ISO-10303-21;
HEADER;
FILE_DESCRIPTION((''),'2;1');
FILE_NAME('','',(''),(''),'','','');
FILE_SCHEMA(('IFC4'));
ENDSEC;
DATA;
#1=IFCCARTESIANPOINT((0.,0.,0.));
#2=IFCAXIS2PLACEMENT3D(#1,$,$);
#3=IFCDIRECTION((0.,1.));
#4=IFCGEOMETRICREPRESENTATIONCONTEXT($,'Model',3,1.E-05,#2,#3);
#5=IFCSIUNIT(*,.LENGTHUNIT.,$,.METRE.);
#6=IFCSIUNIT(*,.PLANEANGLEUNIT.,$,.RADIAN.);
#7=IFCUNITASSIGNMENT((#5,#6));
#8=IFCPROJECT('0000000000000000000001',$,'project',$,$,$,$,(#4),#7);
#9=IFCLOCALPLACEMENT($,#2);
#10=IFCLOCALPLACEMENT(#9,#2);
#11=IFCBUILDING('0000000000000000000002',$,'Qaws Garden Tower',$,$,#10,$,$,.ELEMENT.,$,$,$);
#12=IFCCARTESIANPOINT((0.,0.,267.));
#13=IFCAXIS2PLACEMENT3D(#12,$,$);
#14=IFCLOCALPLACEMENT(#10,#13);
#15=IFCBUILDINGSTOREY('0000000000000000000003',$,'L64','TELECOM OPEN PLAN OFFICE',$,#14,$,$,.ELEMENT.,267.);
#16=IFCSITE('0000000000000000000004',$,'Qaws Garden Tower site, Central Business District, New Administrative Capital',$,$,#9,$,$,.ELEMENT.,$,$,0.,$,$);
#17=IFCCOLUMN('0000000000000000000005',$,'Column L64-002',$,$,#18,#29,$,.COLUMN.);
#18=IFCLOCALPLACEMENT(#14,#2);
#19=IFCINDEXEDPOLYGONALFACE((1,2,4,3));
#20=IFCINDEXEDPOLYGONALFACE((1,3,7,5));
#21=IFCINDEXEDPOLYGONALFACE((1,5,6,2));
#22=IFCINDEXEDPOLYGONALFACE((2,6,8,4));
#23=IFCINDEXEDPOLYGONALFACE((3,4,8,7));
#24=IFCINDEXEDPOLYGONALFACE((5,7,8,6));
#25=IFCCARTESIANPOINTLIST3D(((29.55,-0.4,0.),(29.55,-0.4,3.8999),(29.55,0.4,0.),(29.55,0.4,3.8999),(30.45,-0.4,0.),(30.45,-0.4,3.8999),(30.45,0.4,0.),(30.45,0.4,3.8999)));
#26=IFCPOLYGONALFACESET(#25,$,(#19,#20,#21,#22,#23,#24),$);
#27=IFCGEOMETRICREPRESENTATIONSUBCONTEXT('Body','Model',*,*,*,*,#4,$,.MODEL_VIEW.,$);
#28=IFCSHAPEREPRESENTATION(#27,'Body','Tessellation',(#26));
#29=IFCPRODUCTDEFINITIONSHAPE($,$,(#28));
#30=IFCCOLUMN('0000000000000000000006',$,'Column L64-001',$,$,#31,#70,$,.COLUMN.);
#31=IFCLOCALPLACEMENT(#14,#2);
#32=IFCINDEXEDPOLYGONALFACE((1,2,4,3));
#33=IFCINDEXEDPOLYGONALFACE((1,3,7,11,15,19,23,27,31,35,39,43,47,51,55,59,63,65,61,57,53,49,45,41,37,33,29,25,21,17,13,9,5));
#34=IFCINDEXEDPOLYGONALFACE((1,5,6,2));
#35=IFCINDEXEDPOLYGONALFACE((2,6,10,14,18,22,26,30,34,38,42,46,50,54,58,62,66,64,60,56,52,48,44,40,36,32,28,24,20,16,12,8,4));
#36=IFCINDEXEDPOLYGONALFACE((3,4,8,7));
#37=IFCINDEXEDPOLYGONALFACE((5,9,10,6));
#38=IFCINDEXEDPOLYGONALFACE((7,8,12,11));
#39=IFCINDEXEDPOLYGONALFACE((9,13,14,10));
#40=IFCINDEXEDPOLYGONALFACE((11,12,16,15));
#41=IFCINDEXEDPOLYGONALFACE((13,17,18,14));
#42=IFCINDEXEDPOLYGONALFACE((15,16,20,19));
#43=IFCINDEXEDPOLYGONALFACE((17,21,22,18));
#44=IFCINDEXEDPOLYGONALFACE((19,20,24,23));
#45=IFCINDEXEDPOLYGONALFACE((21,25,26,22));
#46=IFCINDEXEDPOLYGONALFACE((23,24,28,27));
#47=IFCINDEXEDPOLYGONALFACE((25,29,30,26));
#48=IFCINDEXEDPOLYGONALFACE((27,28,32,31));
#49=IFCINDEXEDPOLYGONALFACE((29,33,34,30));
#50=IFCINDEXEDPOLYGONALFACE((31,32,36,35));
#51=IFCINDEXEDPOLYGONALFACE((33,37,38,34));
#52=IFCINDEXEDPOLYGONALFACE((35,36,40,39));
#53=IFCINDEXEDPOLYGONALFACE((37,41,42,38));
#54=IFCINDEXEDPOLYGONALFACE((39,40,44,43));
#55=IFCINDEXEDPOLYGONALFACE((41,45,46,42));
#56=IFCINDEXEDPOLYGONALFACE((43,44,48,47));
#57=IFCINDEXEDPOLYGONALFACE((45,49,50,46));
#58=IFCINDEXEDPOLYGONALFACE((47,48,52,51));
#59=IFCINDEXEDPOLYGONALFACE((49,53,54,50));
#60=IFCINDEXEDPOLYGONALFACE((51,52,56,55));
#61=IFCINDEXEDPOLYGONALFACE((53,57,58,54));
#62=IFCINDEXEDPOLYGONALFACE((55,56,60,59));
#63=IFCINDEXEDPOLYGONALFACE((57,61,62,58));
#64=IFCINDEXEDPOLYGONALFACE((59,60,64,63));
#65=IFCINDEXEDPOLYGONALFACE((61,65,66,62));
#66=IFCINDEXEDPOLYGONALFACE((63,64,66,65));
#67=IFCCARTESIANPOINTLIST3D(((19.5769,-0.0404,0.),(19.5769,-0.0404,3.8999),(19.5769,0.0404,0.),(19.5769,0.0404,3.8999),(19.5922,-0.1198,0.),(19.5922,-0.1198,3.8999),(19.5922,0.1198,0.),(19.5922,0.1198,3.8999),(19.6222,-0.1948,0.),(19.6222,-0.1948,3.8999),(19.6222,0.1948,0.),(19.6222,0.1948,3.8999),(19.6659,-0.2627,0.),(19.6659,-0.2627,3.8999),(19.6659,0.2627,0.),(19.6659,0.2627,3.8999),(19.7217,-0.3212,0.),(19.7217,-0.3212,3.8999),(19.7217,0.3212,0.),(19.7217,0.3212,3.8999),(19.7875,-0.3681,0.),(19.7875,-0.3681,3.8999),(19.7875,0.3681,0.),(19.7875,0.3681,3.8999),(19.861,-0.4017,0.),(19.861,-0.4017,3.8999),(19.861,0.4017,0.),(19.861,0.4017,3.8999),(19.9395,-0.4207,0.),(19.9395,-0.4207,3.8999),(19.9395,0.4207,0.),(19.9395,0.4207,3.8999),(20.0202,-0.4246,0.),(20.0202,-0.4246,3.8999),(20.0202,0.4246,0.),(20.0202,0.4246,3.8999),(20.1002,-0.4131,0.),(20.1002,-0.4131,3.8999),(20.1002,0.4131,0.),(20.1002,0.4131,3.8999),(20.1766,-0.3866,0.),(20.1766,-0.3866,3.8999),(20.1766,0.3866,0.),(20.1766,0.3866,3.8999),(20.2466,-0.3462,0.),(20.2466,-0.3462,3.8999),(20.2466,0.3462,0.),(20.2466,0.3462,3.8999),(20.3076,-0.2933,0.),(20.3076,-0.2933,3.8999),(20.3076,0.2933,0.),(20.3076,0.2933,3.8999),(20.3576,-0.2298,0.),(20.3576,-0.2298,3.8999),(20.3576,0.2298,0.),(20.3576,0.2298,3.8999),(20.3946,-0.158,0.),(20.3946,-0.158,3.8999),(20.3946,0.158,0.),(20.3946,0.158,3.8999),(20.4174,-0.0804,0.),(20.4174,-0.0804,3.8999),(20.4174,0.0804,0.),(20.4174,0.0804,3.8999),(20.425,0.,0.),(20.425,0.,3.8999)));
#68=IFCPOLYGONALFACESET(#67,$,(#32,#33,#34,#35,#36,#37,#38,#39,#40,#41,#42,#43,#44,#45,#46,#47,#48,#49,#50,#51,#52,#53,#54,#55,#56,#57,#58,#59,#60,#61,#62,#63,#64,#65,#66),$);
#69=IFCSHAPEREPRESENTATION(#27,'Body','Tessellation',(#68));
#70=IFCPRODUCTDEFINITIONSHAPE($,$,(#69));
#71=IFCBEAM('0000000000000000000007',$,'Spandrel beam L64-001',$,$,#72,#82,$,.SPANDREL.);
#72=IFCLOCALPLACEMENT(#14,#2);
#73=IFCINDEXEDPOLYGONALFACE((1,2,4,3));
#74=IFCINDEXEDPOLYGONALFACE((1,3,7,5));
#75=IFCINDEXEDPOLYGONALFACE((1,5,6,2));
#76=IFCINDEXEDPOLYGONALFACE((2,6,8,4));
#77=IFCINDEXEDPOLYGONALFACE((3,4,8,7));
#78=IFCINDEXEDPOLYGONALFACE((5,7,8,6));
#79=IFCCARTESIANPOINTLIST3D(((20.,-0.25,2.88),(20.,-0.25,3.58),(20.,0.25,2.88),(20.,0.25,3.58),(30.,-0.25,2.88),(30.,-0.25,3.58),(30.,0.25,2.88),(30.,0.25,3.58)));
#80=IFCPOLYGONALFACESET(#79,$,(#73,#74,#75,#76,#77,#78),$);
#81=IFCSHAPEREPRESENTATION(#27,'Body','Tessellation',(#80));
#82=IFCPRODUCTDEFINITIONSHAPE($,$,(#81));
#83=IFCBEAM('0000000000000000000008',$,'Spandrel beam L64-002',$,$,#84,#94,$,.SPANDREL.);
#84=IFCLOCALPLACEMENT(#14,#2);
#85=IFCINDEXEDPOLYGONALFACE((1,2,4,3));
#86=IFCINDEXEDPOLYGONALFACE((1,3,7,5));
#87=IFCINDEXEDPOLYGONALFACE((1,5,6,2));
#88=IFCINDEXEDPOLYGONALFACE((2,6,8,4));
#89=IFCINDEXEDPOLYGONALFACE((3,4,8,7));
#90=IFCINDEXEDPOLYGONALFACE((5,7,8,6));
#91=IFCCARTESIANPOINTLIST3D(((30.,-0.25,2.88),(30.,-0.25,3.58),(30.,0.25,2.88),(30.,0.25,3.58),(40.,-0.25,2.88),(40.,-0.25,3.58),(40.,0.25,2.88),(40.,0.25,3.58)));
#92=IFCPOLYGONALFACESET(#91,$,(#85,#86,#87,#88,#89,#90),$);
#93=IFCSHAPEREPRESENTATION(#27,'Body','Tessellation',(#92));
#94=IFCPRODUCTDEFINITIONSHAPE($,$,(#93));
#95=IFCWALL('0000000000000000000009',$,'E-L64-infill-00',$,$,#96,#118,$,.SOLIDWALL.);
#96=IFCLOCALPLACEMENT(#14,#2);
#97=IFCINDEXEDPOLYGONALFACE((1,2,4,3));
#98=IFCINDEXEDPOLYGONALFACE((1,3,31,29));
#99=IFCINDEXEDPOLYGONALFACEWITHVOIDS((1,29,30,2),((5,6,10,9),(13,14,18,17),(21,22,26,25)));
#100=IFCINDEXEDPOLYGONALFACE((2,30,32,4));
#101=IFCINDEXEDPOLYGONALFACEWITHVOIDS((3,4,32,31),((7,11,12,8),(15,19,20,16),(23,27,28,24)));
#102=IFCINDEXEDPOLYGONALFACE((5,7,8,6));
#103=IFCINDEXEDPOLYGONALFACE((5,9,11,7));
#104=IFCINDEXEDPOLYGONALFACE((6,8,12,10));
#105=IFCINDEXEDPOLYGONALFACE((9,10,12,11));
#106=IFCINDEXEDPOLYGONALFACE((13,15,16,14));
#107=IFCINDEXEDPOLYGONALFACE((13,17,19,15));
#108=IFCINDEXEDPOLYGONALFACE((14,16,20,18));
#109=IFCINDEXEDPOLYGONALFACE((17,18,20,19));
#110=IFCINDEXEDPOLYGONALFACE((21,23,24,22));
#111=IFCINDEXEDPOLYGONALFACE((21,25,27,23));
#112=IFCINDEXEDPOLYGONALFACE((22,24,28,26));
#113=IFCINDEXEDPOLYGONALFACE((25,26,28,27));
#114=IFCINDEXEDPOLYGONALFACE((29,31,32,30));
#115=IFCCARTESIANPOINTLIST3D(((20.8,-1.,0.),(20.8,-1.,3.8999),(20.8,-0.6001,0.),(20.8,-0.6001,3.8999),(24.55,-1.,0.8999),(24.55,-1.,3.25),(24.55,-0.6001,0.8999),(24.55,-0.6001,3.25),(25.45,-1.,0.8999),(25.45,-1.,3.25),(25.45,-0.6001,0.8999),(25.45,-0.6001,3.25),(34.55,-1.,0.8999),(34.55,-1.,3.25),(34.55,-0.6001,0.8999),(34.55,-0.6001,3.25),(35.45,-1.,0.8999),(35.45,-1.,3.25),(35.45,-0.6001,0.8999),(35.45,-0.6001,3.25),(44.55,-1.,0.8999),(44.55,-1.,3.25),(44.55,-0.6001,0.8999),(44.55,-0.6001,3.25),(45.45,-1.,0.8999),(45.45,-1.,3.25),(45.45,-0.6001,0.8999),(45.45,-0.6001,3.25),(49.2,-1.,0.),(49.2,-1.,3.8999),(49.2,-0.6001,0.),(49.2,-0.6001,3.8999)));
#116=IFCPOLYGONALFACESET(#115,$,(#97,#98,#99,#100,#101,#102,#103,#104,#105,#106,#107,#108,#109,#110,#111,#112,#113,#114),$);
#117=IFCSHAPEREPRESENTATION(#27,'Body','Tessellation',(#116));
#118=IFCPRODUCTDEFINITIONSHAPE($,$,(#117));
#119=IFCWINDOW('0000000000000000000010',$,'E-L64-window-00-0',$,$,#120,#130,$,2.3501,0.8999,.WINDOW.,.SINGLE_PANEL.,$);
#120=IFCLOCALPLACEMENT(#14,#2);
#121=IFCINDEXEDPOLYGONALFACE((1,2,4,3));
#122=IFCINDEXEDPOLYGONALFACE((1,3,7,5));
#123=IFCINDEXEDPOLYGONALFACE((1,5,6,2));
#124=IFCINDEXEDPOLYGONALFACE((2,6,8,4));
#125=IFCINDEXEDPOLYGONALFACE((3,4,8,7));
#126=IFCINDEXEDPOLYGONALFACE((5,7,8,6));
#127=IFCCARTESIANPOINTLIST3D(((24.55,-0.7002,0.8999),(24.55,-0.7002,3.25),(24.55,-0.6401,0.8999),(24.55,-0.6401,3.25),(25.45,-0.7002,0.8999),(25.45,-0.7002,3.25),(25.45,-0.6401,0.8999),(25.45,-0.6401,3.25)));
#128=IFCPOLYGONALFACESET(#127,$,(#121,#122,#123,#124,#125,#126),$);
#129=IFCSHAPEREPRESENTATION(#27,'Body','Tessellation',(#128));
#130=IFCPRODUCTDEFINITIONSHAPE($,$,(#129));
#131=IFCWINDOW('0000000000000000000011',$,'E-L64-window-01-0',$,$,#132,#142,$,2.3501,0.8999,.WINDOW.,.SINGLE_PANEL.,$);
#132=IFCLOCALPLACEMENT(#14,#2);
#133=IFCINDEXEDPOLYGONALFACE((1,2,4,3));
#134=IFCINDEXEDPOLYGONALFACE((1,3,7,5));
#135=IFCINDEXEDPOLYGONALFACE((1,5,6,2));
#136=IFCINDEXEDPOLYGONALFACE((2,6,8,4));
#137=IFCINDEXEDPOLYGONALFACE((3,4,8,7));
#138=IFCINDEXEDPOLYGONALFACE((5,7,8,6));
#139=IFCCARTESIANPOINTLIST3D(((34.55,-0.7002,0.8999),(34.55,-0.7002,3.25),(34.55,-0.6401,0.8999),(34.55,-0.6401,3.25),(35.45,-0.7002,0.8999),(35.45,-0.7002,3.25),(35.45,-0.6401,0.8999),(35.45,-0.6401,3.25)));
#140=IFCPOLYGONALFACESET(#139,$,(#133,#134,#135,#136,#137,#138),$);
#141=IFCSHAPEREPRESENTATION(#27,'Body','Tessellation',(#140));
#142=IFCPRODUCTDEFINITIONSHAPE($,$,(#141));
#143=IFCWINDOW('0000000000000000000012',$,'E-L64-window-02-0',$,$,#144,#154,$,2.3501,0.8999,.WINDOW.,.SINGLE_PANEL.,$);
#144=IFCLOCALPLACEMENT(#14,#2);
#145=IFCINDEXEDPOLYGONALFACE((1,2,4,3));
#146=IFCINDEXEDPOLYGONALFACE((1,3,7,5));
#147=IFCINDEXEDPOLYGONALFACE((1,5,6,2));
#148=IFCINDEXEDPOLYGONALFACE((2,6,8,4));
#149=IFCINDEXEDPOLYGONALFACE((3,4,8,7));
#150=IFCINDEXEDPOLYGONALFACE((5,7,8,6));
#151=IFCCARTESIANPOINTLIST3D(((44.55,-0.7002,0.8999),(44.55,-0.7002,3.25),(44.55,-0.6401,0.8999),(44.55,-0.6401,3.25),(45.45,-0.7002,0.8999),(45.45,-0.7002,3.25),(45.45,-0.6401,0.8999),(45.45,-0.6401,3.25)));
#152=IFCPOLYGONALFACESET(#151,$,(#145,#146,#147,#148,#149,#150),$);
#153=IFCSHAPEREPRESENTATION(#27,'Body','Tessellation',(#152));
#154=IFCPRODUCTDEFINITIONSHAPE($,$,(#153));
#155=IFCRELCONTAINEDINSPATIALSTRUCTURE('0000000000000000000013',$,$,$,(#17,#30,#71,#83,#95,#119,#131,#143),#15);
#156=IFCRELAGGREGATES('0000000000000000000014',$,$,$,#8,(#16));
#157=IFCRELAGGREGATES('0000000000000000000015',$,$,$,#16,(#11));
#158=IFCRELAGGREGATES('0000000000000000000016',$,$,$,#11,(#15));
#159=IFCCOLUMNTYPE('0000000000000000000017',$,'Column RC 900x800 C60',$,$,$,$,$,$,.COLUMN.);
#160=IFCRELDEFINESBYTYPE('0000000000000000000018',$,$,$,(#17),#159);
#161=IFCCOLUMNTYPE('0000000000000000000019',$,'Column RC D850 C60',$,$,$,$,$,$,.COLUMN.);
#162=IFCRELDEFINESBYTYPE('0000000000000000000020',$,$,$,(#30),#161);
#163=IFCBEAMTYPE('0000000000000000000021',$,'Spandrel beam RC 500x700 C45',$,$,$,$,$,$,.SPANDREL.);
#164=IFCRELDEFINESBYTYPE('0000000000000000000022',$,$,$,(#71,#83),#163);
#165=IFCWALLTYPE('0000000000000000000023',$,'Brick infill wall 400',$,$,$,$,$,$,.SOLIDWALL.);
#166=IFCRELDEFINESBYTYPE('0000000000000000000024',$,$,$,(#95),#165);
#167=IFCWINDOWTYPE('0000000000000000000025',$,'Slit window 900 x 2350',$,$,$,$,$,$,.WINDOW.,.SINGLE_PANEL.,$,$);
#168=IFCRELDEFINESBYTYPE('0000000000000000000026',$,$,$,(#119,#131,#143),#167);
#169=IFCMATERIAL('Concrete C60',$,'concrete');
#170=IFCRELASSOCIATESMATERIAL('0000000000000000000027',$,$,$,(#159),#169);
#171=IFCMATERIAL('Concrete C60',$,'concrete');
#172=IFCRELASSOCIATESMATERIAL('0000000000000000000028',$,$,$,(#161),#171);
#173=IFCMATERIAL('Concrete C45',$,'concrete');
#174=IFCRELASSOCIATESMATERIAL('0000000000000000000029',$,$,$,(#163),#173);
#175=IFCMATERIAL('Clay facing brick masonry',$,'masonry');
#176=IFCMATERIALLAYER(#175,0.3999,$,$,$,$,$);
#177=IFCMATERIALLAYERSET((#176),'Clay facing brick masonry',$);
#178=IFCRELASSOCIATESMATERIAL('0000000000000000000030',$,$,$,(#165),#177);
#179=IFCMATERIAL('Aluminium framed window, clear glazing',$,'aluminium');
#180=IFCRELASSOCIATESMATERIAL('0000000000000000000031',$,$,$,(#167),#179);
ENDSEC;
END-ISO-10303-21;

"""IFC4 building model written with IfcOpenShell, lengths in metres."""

from ifc_helpers import new_model, si_unit, direction, frame, frame_2d, origin, origin_2d, place, context, subcontext, project, spatial, rectangle, circle, extrude, material, layer, layer_set, material_profile, profile_set, type_object, element, fill, save


model = new_model("IFC4")

# Units and contexts
model_context = context("Model", 3, precision=1e-05, world=origin(), true_north=direction((0.0, 1.0)))
body_context = subcontext(model_context, "Body", "Model", "MODEL_VIEW")
ifc_project = project(units=[si_unit("LENGTHUNIT", "METRE"), si_unit("PLANEANGLEUNIT", "RADIAN")], contexts=[model_context])

# Site, building, storey
site_placement = place(None, origin())
site = spatial("IfcSite", under=ifc_project, at=site_placement, Name="Qaws Garden Tower site, Central Business District, New Administrative Capital", CompositionType="ELEMENT", RefElevation=0.0)
building_placement = place(site_placement, origin())
building = spatial("IfcBuilding", under=site, at=building_placement, Name="Qaws Garden Tower", CompositionType="ELEMENT")
storey_placement = place(building_placement, frame((0.0, 0.0, 267.0)))
storey = spatial("IfcBuildingStorey", under=building, at=storey_placement, Name="L64", Description="TELECOM OPEN PLAN OFFICE", CompositionType="ELEMENT", Elevation=267.0)

# Columns
ifc_material_1 = material(Name="Concrete C60", Category="concrete")
ifc_material_profile_1 = material_profile(ifc_material_1, rectangle(XDim=0.8999, YDim=0.8, at=origin_2d()), Name="RC 900x800")
ifc_profile_set_1 = profile_set([ifc_material_profile_1], Name="Concrete C60")
column_type_1 = type_object("IfcColumnType", Name="Column RC 900x800 C60", PredefinedType="COLUMN", material=ifc_profile_set_1)
column_1_placement = place(storey_placement, frame((30.0, 0.0, 0.0), z_axis=(0.0, 0.0, 1.0), x_axis=(1.0, 0.0, 0.0)))
element("IfcColumn", 1, at=column_1_placement, inside=storey, type_object=column_type_1, Name="Column L64-002", PredefinedType="COLUMN", context=body_context, shape_type="SweptSolid", body=[
    extrude(rectangle(XDim=0.8999, YDim=0.8, at=origin_2d()), origin(), (0.0, 0.0, 1.0), 3.8999),
])
ifc_material_2 = material(Name="Concrete C60", Category="concrete")
ifc_material_profile_2 = material_profile(ifc_material_2, circle(Radius=0.425, at=origin_2d()), Name="RC D850")
ifc_profile_set_2 = profile_set([ifc_material_profile_2], Name="Concrete C60")
column_type_2 = type_object("IfcColumnType", Name="Column RC D850 C60", PredefinedType="COLUMN", material=ifc_profile_set_2)
column_2_placement = place(storey_placement, frame((20.0, 0.0, 0.0), z_axis=(0.0, 0.0, 1.0), x_axis=(1.0, 0.0, 0.0)))
element("IfcColumn", 2, at=column_2_placement, inside=storey, type_object=column_type_2, Name="Column L64-001", PredefinedType="COLUMN", context=body_context, shape_type="SweptSolid", body=[
    extrude(circle(Radius=0.425, at=origin_2d()), origin(), (0.0, 0.0, 1.0), 3.8999),
])

# Beams
ifc_material_3 = material(Name="Concrete C45", Category="concrete")
ifc_material_profile_3 = material_profile(ifc_material_3, rectangle(XDim=0.5, YDim=0.7, at=origin_2d()), Name="RC 500x700")
ifc_profile_set_3 = profile_set([ifc_material_profile_3], Name="Concrete C45")
beam_type = type_object("IfcBeamType", Name="Spandrel beam RC 500x700 C45", PredefinedType="SPANDREL", material=ifc_profile_set_3)
for number, where, z_axis, x_axis, name in (
    (3, (20.0, 0.0, 3.23), (1.0, 0.0, 0.0), (0.0, 1.0, 0.0), "Spandrel beam L64-001"),
    (4, (30.0, 0.0, 3.23), (1.0, 0.0, 0.0), (0.0, 1.0, 0.0), "Spandrel beam L64-002"),
):
    element("IfcBeam", number, at=place(storey_placement, frame(where, z_axis=z_axis, x_axis=x_axis)), inside=storey, type_object=beam_type, Name=name, PredefinedType="SPANDREL", context=body_context, shape_type="SweptSolid", body=[
        extrude(rectangle(XDim=0.5, YDim=0.7, at=origin_2d()), origin(), (0.0, 0.0, 1.0), 10.0),
    ])

# Wall, openings, windows
ifc_material_4 = material(Name="Clay facing brick masonry", Category="masonry")
ifc_layer_1 = layer(ifc_material_4, 0.3999)
ifc_layer_set_1 = layer_set([ifc_layer_1], Name="Clay facing brick masonry")
wall_type_1 = type_object("IfcWallType", Name="Brick infill wall 400", PredefinedType="SOLIDWALL", material=ifc_layer_set_1)
wall_1_placement = place(storey_placement, frame((20.8, -0.8, 0.0), z_axis=(0.0, 0.0, 1.0), x_axis=(1.0, 0.0, 0.0)))
wall_1 = element("IfcWall", 5, at=wall_1_placement, inside=storey, type_object=wall_type_1, Name="E-L64-infill-00", PredefinedType="SOLIDWALL", context=body_context, shape_type="SweptSolid", body=[
    extrude(rectangle(XDim=28.3999, YDim=0.3999, at=frame_2d((14.2, 0.0))), origin(), (0.0, 0.0, 1.0), 3.8999),
])
opening_1_placement = place(wall_1_placement, frame((3.75, 0.0, 0.8999)))
opening_1 = element("IfcOpeningElement", 6, at=opening_1_placement, cuts=wall_1, PredefinedType="OPENING", context=body_context, shape_type="SweptSolid", body=[
    extrude(rectangle(XDim=0.8999, YDim=2.3501, at=frame_2d((0.45, 1.175))), frame((0.0, 0.21, 0.0), z_axis=(0.0, -1.0, 0.0), x_axis=(1.0, 0.0, 0.0)), (0.0, 0.0, 1.0), 0.4199),
])
opening_2_placement = place(wall_1_placement, frame((13.75, 0.0, 0.8999)))
opening_2 = element("IfcOpeningElement", 7, at=opening_2_placement, cuts=wall_1, PredefinedType="OPENING", context=body_context, shape_type="SweptSolid", body=[
    extrude(rectangle(XDim=0.8999, YDim=2.3501, at=frame_2d((0.45, 1.175))), frame((0.0, 0.21, 0.0), z_axis=(0.0, -1.0, 0.0), x_axis=(1.0, 0.0, 0.0)), (0.0, 0.0, 1.0), 0.4199),
])
opening_3_placement = place(wall_1_placement, frame((23.75, 0.0, 0.8999)))
opening_3 = element("IfcOpeningElement", 8, at=opening_3_placement, cuts=wall_1, PredefinedType="OPENING", context=body_context, shape_type="SweptSolid", body=[
    extrude(rectangle(XDim=0.8999, YDim=2.3501, at=frame_2d((0.45, 1.175))), frame((0.0, 0.21, 0.0), z_axis=(0.0, -1.0, 0.0), x_axis=(1.0, 0.0, 0.0)), (0.0, 0.0, 1.0), 0.4199),
])
ifc_material_5 = material(Name="Aluminium framed window, clear glazing", Category="aluminium")
window_type = type_object("IfcWindowType", Name="Slit window 900 x 2350", PartitioningType="SINGLE_PANEL", PredefinedType="WINDOW", material=ifc_material_5)
window_1_placement = place(opening_1_placement, origin())
window_1 = element("IfcWindow", 9, at=window_1_placement, inside=storey, type_object=window_type, Name="E-L64-window-00-0", OverallHeight=2.3501, OverallWidth=0.8999, PartitioningType="SINGLE_PANEL", PredefinedType="WINDOW", context=body_context, shape_type="SweptSolid", body=[
    extrude(rectangle(XDim=0.8999, YDim=2.3501, at=frame_2d((0.45, 1.175))), frame((0.0, 0.1599, 0.0), z_axis=(0.0, -1.0, 0.0), x_axis=(1.0, 0.0, 0.0)), (0.0, 0.0, 1.0), 0.0601),
])
fill(opening_1, window_1)
window_2_placement = place(opening_2_placement, origin())
window_2 = element("IfcWindow", 10, at=window_2_placement, inside=storey, type_object=window_type, Name="E-L64-window-01-0", OverallHeight=2.3501, OverallWidth=0.8999, PartitioningType="SINGLE_PANEL", PredefinedType="WINDOW", context=body_context, shape_type="SweptSolid", body=[
    extrude(rectangle(XDim=0.8999, YDim=2.3501, at=frame_2d((0.45, 1.175))), frame((0.0, 0.1599, 0.0), z_axis=(0.0, -1.0, 0.0), x_axis=(1.0, 0.0, 0.0)), (0.0, 0.0, 1.0), 0.0601),
])
fill(opening_2, window_2)
window_3_placement = place(opening_3_placement, origin())
window_3 = element("IfcWindow", 11, at=window_3_placement, inside=storey, type_object=window_type, Name="E-L64-window-02-0", OverallHeight=2.3501, OverallWidth=0.8999, PartitioningType="SINGLE_PANEL", PredefinedType="WINDOW", context=body_context, shape_type="SweptSolid", body=[
    extrude(rectangle(XDim=0.8999, YDim=2.3501, at=frame_2d((0.45, 1.175))), frame((0.0, 0.1599, 0.0), z_axis=(0.0, -1.0, 0.0), x_axis=(1.0, 0.0, 0.0)), (0.0, 0.0, 1.0), 0.0601),
])
fill(opening_3, window_3)

save(model, "model.ifc")
